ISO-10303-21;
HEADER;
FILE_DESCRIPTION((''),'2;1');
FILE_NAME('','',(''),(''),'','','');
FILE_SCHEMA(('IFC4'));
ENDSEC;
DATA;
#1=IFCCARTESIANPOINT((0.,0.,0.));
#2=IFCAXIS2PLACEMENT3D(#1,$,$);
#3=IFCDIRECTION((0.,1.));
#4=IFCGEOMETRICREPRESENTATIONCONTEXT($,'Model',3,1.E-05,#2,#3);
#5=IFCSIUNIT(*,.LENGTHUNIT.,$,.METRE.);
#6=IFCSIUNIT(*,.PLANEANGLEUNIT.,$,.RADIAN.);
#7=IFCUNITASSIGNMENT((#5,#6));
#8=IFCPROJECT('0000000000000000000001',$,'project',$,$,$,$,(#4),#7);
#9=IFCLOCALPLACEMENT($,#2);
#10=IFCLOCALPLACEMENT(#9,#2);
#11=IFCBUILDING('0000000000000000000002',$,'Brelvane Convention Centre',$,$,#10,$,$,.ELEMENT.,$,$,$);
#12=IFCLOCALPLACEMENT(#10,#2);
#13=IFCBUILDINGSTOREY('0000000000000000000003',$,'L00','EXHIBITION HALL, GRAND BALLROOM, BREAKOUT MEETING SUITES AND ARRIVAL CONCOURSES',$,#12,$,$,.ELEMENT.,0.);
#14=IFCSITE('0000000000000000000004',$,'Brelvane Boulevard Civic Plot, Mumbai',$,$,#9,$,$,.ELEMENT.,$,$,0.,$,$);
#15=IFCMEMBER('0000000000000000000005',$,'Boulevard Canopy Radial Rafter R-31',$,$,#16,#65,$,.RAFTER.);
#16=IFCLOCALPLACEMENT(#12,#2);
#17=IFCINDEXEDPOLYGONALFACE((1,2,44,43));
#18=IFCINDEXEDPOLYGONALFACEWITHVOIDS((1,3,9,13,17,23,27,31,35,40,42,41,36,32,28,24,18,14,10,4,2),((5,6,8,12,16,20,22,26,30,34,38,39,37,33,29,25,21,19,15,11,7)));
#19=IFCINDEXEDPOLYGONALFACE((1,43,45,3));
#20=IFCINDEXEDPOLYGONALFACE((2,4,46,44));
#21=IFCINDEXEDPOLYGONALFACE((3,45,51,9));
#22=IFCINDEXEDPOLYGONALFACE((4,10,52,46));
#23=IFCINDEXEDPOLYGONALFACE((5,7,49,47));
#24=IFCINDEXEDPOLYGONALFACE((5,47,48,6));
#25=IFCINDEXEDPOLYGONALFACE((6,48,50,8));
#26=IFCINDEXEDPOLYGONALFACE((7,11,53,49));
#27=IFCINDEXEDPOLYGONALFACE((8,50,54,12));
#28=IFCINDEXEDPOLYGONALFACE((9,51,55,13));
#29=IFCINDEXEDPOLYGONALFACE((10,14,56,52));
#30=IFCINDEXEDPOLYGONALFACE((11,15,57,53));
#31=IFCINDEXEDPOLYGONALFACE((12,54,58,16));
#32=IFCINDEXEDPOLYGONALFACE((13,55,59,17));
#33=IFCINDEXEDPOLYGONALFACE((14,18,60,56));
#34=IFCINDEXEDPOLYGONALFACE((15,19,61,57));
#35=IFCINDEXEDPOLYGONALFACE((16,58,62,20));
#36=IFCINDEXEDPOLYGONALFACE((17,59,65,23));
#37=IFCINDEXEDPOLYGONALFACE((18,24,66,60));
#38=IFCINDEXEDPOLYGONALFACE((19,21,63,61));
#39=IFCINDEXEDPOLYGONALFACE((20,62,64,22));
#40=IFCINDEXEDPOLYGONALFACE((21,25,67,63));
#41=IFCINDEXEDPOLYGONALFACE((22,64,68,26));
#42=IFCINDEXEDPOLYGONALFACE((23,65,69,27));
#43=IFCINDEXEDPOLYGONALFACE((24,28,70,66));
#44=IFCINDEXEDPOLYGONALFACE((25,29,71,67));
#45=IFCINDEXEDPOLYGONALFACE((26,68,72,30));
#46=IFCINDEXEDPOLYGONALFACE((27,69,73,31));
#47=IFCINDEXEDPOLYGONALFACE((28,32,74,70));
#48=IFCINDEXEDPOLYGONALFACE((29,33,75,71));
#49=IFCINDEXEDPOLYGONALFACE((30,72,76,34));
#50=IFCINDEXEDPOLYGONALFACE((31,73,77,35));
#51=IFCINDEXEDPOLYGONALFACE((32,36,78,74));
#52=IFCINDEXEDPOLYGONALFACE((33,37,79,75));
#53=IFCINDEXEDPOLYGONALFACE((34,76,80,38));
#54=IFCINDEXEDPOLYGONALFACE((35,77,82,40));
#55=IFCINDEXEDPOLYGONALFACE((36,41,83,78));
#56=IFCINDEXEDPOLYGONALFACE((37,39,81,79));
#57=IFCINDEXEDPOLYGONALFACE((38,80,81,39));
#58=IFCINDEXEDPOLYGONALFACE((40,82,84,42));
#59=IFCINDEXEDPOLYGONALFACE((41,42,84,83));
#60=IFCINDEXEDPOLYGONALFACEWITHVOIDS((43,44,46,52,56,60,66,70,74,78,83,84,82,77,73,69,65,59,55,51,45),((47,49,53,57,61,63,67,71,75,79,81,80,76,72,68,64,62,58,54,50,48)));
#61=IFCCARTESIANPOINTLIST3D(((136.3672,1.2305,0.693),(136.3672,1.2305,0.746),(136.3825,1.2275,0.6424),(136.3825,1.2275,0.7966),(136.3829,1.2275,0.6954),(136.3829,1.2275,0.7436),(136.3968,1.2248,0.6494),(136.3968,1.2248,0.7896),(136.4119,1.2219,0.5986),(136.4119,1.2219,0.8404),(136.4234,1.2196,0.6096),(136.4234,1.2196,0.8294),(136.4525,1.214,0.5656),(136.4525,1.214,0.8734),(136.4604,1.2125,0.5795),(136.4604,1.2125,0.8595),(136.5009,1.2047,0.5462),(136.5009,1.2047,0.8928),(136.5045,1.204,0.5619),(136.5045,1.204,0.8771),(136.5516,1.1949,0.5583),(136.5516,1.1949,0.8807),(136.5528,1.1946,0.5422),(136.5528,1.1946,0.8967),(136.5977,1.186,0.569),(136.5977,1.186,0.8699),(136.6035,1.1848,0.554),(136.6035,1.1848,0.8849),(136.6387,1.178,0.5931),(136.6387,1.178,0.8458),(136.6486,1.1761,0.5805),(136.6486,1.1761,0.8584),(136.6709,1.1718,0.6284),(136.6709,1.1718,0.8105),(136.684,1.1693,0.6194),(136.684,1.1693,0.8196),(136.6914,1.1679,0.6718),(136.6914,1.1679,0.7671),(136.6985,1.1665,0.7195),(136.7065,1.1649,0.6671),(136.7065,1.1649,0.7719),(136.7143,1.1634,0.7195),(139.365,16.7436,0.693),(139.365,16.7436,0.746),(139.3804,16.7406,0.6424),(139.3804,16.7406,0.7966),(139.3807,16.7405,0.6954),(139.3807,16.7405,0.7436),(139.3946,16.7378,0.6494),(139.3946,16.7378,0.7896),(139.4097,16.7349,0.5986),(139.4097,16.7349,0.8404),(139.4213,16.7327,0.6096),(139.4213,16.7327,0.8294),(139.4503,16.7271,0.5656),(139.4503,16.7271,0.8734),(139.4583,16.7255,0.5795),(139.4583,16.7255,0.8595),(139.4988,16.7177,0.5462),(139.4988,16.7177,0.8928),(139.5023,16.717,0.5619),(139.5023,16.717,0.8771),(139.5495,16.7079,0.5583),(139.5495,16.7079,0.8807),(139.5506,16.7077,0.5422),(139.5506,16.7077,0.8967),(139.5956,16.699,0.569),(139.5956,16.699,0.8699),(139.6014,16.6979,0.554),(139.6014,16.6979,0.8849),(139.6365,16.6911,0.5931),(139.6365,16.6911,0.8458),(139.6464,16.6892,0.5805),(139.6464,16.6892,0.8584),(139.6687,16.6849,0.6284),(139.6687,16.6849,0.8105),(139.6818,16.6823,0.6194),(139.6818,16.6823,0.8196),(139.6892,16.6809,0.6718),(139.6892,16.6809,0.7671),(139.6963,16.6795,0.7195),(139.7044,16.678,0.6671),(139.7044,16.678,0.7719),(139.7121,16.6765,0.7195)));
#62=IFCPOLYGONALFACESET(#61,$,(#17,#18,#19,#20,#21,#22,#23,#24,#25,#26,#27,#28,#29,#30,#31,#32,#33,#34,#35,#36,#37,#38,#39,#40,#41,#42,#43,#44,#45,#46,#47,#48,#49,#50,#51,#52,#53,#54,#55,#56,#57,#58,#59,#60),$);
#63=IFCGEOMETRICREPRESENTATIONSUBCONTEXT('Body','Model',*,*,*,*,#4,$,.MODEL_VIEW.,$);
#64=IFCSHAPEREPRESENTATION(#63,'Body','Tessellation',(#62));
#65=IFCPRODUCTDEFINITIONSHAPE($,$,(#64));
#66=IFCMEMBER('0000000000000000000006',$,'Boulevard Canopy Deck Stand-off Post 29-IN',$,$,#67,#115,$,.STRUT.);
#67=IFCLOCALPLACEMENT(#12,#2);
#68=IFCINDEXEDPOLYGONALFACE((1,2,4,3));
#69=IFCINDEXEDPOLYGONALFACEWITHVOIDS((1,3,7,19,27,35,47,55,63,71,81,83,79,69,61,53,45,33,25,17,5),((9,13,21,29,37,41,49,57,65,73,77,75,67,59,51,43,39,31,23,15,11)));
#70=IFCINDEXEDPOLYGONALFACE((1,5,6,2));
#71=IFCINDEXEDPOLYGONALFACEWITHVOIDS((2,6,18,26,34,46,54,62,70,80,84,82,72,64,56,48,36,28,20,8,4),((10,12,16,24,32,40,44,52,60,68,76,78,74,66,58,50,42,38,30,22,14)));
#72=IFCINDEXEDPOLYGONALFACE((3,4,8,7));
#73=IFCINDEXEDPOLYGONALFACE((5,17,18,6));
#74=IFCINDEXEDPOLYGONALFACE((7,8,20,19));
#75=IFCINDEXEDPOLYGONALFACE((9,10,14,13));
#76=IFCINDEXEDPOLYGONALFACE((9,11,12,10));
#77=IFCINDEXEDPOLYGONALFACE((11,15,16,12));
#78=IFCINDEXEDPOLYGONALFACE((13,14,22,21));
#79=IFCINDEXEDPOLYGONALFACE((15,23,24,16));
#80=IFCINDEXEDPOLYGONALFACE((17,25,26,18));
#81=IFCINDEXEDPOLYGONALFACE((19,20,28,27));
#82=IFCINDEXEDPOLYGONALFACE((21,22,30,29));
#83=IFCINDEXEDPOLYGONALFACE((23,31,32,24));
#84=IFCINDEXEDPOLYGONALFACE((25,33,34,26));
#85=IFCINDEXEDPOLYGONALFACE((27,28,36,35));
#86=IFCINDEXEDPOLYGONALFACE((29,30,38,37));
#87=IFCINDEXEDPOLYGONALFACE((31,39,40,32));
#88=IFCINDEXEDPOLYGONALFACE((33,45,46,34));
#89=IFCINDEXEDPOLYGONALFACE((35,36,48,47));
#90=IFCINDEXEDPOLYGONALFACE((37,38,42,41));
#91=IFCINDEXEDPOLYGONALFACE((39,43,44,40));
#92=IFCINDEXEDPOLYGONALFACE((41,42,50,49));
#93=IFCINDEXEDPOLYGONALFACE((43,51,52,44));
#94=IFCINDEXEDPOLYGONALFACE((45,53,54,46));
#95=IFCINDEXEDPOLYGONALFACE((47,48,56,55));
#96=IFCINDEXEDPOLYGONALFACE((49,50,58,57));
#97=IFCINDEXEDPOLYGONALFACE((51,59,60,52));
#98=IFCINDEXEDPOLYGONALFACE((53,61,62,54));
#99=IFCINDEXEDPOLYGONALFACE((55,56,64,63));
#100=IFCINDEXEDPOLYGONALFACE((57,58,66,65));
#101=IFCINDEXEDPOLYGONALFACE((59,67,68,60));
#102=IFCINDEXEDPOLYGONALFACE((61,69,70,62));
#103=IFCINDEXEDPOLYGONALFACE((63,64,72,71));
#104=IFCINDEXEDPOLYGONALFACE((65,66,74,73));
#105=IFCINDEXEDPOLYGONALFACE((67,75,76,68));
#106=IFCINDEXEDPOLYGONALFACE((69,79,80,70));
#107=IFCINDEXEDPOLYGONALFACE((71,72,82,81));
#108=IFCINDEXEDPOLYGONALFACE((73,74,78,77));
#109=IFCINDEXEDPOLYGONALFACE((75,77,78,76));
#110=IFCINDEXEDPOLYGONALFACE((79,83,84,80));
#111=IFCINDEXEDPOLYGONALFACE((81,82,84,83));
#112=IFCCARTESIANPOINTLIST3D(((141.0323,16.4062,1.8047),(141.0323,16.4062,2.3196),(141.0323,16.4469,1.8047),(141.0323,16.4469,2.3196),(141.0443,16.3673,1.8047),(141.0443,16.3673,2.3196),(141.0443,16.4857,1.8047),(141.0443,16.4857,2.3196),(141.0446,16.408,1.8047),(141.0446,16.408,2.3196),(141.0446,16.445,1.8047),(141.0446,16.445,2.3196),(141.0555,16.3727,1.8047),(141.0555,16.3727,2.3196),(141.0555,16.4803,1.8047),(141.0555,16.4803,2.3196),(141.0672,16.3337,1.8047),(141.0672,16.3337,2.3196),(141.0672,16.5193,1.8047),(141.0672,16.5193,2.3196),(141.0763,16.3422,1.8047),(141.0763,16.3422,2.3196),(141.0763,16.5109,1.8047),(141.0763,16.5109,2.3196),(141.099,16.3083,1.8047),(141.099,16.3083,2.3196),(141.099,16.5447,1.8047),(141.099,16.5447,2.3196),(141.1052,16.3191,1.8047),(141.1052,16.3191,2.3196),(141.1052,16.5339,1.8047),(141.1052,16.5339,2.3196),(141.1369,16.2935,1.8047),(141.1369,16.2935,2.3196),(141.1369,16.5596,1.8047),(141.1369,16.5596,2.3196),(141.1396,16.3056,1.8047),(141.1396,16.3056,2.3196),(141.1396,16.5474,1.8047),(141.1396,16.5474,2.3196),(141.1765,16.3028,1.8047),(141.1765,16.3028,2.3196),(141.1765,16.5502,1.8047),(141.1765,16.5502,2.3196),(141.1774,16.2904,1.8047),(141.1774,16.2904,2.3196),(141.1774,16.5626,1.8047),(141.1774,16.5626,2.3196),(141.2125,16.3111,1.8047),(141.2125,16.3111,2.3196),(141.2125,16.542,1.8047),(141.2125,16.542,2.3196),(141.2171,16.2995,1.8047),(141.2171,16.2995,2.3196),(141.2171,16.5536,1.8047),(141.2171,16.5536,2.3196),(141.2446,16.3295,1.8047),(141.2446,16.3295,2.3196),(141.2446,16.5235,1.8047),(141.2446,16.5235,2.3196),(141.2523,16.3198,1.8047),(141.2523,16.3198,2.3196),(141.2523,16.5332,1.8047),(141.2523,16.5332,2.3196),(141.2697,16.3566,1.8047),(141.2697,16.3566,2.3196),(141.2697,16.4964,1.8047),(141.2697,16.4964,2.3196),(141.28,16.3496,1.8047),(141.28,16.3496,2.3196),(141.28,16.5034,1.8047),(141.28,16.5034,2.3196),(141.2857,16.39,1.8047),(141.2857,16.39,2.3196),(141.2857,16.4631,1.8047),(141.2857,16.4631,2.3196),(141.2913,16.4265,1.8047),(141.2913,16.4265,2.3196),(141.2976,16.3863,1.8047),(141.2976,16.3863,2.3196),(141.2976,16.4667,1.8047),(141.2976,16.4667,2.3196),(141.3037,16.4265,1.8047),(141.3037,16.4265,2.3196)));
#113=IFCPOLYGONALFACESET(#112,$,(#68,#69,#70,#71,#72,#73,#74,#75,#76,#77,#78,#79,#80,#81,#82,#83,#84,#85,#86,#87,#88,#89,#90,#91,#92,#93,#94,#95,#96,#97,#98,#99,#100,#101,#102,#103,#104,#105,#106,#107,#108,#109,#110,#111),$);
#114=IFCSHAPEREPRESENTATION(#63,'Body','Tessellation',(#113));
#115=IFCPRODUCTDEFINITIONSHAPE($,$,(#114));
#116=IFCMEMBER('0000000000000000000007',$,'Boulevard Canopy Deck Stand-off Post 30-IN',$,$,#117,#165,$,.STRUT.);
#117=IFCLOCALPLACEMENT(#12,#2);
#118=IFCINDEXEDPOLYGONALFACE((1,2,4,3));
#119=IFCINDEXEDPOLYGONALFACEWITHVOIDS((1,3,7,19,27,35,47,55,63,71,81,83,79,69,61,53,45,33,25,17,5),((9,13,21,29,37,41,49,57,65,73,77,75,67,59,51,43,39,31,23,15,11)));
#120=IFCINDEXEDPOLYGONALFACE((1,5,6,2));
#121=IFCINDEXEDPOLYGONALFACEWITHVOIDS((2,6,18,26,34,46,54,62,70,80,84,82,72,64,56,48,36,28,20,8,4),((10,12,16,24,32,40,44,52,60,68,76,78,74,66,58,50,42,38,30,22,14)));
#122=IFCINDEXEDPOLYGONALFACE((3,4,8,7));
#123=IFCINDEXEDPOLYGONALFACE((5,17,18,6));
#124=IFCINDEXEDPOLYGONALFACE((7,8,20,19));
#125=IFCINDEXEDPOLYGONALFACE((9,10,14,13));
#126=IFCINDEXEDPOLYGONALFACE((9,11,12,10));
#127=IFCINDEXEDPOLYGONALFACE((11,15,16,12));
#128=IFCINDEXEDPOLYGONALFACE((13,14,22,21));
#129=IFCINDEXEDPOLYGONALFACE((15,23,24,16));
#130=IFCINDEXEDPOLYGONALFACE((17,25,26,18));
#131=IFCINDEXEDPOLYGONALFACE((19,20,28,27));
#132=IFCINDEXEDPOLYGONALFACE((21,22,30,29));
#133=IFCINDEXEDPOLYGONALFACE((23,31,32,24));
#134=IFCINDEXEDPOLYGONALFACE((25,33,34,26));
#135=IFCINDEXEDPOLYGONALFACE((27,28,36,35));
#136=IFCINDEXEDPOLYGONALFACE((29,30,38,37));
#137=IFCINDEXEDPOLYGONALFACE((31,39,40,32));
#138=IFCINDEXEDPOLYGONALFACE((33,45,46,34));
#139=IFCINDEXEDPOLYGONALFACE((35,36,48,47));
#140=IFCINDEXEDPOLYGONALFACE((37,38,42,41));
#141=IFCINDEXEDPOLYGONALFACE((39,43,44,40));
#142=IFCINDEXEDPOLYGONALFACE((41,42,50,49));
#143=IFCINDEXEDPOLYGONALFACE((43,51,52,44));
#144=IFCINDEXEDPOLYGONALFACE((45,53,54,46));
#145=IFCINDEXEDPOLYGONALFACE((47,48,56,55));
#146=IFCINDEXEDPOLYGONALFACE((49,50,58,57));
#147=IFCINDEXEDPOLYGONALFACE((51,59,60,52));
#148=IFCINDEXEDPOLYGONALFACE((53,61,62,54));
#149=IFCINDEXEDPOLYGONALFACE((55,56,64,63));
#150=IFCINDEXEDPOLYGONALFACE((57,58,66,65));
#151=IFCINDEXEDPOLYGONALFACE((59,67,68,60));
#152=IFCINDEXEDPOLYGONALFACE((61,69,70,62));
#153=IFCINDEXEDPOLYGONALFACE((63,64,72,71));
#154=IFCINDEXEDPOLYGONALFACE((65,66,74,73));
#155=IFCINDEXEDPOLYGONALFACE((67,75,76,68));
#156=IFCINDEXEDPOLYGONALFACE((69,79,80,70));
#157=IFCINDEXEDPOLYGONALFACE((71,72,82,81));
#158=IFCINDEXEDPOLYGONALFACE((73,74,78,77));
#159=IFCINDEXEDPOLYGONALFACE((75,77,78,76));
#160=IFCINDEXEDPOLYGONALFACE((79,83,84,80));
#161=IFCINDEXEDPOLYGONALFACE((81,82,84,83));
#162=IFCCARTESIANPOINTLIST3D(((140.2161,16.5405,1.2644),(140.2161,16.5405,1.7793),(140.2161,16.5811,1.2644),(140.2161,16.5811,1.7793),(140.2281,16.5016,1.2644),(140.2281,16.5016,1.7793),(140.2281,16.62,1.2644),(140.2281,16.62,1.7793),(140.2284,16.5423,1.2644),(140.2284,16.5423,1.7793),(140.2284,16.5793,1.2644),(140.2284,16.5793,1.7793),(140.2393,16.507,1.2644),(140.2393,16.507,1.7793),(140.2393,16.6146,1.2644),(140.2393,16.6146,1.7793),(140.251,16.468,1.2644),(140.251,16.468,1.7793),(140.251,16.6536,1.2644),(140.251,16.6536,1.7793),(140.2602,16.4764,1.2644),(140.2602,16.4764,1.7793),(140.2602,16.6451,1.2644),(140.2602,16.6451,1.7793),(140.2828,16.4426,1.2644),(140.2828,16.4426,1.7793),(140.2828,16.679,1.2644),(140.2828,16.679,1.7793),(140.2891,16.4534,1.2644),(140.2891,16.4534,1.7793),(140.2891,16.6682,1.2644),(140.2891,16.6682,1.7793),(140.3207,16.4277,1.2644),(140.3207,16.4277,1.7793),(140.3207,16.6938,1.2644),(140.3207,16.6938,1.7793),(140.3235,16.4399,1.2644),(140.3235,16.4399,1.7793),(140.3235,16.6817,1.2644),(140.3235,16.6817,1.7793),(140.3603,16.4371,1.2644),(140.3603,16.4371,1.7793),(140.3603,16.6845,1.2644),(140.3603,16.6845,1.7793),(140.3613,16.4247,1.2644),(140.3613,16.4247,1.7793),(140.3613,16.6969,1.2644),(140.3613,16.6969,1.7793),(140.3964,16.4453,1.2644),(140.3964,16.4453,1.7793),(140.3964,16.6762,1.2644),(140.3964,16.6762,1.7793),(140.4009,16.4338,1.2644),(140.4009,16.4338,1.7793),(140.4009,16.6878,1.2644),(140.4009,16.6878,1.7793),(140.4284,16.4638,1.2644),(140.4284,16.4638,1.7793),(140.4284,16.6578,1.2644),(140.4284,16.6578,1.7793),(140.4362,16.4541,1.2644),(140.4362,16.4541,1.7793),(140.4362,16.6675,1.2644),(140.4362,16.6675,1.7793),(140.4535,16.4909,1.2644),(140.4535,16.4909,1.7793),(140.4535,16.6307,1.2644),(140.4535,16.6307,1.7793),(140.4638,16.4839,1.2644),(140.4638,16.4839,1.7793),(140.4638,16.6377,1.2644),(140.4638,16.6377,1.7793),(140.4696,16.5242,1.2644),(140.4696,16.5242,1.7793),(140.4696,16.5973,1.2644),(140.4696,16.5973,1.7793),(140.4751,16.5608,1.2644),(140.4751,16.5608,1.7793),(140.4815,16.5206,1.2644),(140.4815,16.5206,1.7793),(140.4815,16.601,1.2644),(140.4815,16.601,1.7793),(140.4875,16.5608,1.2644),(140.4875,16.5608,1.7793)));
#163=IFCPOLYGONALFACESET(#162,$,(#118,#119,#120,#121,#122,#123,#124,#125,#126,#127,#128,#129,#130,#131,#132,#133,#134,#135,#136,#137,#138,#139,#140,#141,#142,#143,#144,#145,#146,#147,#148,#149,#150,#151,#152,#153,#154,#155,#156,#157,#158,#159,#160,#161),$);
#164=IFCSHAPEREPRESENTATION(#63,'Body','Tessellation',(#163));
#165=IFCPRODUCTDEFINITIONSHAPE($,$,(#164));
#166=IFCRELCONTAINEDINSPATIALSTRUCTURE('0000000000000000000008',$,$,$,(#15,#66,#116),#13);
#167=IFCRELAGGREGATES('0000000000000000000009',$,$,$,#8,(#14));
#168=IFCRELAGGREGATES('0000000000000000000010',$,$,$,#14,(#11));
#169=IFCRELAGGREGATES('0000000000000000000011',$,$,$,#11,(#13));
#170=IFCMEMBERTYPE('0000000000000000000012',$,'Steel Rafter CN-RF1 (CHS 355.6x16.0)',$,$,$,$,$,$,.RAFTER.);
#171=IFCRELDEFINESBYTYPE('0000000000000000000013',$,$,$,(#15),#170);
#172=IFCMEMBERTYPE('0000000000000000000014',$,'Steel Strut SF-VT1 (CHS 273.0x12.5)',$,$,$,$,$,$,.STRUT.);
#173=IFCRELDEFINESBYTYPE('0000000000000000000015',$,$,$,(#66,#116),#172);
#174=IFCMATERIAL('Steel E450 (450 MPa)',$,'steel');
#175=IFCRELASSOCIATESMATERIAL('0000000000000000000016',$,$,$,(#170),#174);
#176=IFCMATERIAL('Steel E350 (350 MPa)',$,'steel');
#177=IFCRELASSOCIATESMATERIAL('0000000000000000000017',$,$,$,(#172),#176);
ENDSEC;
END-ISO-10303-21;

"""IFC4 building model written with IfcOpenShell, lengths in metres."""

from ifc_helpers import new_model, si_unit, direction, frame, origin, origin_2d, place, context, subcontext, project, spatial, hollow_circle, extrude, material, material_profile, profile_set, type_object, element, save


model = new_model("IFC4")

# Units and contexts
model_context = context("Model", 3, precision=1e-05, world=origin(), true_north=direction((0.0, 1.0)))
body_context = subcontext(model_context, "Body", "Model", "MODEL_VIEW")
ifc_project = project(units=[si_unit("LENGTHUNIT", "METRE"), si_unit("PLANEANGLEUNIT", "RADIAN")], contexts=[model_context])

# Site, building, storey
site_placement = place(None, origin())
site = spatial("IfcSite", under=ifc_project, at=site_placement, Name="Brelvane Boulevard Civic Plot, Mumbai", CompositionType="ELEMENT", RefElevation=0.0)
building_placement = place(site_placement, origin())
building = spatial("IfcBuilding", under=site, at=building_placement, Name="Brelvane Convention Centre", CompositionType="ELEMENT")
storey_placement = place(building_placement, origin())
storey = spatial("IfcBuildingStorey", under=building, at=storey_placement, Name="L00", Description="EXHIBITION HALL, GRAND BALLROOM, BREAKOUT MEETING SUITES AND ARRIVAL CONCOURSES", CompositionType="ELEMENT", Elevation=0.0)

# Members
ifc_material_1 = material(Name="Steel E450 (450 MPa)", Category="steel")
ifc_material_profile_1 = material_profile(ifc_material_1, hollow_circle(Radius=0.1777, WallThickness=0.0161, at=origin_2d()), Name="CHS 355.6x16.0")
ifc_profile_set_1 = profile_set([ifc_material_profile_1], Name="Steel E450 (450 MPa)")
member_type_1 = type_object("IfcMemberType", Name="Steel Rafter CN-RF1 (CHS 355.6x16.0)", PredefinedType="RAFTER", material=ifc_profile_set_1)
for number, where, z_axis, x_axis, name in (
    (1, (139.5376, 16.7102, 0.7195), (-0.189735, -0.981835, 0.0), (0.981835, -0.189735, 0.0), "Boulevard Canopy Radial Rafter R-31"),
):
    element("IfcMember", number, at=place(storey_placement, frame(where, z_axis=z_axis, x_axis=x_axis)), inside=storey, type_object=member_type_1, Name=name, PredefinedType="RAFTER", context=body_context, shape_type="SweptSolid", body=[
        extrude(hollow_circle(Radius=0.1777, WallThickness=0.0161, at=origin_2d()), origin(), (0.0, 0.0, 1.0), 15.8),
    ])
ifc_material_2 = material(Name="Steel E350 (350 MPa)", Category="steel")
ifc_material_profile_2 = material_profile(ifc_material_2, hollow_circle(Radius=0.1365, WallThickness=0.0125, at=origin_2d()), Name="CHS 273.0x12.5")
ifc_profile_set_2 = profile_set([ifc_material_profile_2], Name="Steel E350 (350 MPa)")
member_type_2 = type_object("IfcMemberType", Name="Steel Strut SF-VT1 (CHS 273.0x12.5)", PredefinedType="STRUT", material=ifc_profile_set_2)
for number, where, z_axis, x_axis, name in (
    (2, (141.1672, 16.4265, 1.8047), (0.0, 0.0, 1.0), (1.0, 0.0, 0.0), "Boulevard Canopy Deck Stand-off Post 29-IN"),
    (3, (140.3511, 16.5608, 1.2644), (0.0, 0.0, 1.0), (1.0, 0.0, 0.0), "Boulevard Canopy Deck Stand-off Post 30-IN"),
):
    element("IfcMember", number, at=place(storey_placement, frame(where, z_axis=z_axis, x_axis=x_axis)), inside=storey, type_object=member_type_2, Name=name, PredefinedType="STRUT", context=body_context, shape_type="SweptSolid", body=[
        extrude(hollow_circle(Radius=0.1365, WallThickness=0.0125, at=origin_2d()), origin(), (0.0, 0.0, 1.0), 0.5149),
    ])

save(model, "model.ifc")
